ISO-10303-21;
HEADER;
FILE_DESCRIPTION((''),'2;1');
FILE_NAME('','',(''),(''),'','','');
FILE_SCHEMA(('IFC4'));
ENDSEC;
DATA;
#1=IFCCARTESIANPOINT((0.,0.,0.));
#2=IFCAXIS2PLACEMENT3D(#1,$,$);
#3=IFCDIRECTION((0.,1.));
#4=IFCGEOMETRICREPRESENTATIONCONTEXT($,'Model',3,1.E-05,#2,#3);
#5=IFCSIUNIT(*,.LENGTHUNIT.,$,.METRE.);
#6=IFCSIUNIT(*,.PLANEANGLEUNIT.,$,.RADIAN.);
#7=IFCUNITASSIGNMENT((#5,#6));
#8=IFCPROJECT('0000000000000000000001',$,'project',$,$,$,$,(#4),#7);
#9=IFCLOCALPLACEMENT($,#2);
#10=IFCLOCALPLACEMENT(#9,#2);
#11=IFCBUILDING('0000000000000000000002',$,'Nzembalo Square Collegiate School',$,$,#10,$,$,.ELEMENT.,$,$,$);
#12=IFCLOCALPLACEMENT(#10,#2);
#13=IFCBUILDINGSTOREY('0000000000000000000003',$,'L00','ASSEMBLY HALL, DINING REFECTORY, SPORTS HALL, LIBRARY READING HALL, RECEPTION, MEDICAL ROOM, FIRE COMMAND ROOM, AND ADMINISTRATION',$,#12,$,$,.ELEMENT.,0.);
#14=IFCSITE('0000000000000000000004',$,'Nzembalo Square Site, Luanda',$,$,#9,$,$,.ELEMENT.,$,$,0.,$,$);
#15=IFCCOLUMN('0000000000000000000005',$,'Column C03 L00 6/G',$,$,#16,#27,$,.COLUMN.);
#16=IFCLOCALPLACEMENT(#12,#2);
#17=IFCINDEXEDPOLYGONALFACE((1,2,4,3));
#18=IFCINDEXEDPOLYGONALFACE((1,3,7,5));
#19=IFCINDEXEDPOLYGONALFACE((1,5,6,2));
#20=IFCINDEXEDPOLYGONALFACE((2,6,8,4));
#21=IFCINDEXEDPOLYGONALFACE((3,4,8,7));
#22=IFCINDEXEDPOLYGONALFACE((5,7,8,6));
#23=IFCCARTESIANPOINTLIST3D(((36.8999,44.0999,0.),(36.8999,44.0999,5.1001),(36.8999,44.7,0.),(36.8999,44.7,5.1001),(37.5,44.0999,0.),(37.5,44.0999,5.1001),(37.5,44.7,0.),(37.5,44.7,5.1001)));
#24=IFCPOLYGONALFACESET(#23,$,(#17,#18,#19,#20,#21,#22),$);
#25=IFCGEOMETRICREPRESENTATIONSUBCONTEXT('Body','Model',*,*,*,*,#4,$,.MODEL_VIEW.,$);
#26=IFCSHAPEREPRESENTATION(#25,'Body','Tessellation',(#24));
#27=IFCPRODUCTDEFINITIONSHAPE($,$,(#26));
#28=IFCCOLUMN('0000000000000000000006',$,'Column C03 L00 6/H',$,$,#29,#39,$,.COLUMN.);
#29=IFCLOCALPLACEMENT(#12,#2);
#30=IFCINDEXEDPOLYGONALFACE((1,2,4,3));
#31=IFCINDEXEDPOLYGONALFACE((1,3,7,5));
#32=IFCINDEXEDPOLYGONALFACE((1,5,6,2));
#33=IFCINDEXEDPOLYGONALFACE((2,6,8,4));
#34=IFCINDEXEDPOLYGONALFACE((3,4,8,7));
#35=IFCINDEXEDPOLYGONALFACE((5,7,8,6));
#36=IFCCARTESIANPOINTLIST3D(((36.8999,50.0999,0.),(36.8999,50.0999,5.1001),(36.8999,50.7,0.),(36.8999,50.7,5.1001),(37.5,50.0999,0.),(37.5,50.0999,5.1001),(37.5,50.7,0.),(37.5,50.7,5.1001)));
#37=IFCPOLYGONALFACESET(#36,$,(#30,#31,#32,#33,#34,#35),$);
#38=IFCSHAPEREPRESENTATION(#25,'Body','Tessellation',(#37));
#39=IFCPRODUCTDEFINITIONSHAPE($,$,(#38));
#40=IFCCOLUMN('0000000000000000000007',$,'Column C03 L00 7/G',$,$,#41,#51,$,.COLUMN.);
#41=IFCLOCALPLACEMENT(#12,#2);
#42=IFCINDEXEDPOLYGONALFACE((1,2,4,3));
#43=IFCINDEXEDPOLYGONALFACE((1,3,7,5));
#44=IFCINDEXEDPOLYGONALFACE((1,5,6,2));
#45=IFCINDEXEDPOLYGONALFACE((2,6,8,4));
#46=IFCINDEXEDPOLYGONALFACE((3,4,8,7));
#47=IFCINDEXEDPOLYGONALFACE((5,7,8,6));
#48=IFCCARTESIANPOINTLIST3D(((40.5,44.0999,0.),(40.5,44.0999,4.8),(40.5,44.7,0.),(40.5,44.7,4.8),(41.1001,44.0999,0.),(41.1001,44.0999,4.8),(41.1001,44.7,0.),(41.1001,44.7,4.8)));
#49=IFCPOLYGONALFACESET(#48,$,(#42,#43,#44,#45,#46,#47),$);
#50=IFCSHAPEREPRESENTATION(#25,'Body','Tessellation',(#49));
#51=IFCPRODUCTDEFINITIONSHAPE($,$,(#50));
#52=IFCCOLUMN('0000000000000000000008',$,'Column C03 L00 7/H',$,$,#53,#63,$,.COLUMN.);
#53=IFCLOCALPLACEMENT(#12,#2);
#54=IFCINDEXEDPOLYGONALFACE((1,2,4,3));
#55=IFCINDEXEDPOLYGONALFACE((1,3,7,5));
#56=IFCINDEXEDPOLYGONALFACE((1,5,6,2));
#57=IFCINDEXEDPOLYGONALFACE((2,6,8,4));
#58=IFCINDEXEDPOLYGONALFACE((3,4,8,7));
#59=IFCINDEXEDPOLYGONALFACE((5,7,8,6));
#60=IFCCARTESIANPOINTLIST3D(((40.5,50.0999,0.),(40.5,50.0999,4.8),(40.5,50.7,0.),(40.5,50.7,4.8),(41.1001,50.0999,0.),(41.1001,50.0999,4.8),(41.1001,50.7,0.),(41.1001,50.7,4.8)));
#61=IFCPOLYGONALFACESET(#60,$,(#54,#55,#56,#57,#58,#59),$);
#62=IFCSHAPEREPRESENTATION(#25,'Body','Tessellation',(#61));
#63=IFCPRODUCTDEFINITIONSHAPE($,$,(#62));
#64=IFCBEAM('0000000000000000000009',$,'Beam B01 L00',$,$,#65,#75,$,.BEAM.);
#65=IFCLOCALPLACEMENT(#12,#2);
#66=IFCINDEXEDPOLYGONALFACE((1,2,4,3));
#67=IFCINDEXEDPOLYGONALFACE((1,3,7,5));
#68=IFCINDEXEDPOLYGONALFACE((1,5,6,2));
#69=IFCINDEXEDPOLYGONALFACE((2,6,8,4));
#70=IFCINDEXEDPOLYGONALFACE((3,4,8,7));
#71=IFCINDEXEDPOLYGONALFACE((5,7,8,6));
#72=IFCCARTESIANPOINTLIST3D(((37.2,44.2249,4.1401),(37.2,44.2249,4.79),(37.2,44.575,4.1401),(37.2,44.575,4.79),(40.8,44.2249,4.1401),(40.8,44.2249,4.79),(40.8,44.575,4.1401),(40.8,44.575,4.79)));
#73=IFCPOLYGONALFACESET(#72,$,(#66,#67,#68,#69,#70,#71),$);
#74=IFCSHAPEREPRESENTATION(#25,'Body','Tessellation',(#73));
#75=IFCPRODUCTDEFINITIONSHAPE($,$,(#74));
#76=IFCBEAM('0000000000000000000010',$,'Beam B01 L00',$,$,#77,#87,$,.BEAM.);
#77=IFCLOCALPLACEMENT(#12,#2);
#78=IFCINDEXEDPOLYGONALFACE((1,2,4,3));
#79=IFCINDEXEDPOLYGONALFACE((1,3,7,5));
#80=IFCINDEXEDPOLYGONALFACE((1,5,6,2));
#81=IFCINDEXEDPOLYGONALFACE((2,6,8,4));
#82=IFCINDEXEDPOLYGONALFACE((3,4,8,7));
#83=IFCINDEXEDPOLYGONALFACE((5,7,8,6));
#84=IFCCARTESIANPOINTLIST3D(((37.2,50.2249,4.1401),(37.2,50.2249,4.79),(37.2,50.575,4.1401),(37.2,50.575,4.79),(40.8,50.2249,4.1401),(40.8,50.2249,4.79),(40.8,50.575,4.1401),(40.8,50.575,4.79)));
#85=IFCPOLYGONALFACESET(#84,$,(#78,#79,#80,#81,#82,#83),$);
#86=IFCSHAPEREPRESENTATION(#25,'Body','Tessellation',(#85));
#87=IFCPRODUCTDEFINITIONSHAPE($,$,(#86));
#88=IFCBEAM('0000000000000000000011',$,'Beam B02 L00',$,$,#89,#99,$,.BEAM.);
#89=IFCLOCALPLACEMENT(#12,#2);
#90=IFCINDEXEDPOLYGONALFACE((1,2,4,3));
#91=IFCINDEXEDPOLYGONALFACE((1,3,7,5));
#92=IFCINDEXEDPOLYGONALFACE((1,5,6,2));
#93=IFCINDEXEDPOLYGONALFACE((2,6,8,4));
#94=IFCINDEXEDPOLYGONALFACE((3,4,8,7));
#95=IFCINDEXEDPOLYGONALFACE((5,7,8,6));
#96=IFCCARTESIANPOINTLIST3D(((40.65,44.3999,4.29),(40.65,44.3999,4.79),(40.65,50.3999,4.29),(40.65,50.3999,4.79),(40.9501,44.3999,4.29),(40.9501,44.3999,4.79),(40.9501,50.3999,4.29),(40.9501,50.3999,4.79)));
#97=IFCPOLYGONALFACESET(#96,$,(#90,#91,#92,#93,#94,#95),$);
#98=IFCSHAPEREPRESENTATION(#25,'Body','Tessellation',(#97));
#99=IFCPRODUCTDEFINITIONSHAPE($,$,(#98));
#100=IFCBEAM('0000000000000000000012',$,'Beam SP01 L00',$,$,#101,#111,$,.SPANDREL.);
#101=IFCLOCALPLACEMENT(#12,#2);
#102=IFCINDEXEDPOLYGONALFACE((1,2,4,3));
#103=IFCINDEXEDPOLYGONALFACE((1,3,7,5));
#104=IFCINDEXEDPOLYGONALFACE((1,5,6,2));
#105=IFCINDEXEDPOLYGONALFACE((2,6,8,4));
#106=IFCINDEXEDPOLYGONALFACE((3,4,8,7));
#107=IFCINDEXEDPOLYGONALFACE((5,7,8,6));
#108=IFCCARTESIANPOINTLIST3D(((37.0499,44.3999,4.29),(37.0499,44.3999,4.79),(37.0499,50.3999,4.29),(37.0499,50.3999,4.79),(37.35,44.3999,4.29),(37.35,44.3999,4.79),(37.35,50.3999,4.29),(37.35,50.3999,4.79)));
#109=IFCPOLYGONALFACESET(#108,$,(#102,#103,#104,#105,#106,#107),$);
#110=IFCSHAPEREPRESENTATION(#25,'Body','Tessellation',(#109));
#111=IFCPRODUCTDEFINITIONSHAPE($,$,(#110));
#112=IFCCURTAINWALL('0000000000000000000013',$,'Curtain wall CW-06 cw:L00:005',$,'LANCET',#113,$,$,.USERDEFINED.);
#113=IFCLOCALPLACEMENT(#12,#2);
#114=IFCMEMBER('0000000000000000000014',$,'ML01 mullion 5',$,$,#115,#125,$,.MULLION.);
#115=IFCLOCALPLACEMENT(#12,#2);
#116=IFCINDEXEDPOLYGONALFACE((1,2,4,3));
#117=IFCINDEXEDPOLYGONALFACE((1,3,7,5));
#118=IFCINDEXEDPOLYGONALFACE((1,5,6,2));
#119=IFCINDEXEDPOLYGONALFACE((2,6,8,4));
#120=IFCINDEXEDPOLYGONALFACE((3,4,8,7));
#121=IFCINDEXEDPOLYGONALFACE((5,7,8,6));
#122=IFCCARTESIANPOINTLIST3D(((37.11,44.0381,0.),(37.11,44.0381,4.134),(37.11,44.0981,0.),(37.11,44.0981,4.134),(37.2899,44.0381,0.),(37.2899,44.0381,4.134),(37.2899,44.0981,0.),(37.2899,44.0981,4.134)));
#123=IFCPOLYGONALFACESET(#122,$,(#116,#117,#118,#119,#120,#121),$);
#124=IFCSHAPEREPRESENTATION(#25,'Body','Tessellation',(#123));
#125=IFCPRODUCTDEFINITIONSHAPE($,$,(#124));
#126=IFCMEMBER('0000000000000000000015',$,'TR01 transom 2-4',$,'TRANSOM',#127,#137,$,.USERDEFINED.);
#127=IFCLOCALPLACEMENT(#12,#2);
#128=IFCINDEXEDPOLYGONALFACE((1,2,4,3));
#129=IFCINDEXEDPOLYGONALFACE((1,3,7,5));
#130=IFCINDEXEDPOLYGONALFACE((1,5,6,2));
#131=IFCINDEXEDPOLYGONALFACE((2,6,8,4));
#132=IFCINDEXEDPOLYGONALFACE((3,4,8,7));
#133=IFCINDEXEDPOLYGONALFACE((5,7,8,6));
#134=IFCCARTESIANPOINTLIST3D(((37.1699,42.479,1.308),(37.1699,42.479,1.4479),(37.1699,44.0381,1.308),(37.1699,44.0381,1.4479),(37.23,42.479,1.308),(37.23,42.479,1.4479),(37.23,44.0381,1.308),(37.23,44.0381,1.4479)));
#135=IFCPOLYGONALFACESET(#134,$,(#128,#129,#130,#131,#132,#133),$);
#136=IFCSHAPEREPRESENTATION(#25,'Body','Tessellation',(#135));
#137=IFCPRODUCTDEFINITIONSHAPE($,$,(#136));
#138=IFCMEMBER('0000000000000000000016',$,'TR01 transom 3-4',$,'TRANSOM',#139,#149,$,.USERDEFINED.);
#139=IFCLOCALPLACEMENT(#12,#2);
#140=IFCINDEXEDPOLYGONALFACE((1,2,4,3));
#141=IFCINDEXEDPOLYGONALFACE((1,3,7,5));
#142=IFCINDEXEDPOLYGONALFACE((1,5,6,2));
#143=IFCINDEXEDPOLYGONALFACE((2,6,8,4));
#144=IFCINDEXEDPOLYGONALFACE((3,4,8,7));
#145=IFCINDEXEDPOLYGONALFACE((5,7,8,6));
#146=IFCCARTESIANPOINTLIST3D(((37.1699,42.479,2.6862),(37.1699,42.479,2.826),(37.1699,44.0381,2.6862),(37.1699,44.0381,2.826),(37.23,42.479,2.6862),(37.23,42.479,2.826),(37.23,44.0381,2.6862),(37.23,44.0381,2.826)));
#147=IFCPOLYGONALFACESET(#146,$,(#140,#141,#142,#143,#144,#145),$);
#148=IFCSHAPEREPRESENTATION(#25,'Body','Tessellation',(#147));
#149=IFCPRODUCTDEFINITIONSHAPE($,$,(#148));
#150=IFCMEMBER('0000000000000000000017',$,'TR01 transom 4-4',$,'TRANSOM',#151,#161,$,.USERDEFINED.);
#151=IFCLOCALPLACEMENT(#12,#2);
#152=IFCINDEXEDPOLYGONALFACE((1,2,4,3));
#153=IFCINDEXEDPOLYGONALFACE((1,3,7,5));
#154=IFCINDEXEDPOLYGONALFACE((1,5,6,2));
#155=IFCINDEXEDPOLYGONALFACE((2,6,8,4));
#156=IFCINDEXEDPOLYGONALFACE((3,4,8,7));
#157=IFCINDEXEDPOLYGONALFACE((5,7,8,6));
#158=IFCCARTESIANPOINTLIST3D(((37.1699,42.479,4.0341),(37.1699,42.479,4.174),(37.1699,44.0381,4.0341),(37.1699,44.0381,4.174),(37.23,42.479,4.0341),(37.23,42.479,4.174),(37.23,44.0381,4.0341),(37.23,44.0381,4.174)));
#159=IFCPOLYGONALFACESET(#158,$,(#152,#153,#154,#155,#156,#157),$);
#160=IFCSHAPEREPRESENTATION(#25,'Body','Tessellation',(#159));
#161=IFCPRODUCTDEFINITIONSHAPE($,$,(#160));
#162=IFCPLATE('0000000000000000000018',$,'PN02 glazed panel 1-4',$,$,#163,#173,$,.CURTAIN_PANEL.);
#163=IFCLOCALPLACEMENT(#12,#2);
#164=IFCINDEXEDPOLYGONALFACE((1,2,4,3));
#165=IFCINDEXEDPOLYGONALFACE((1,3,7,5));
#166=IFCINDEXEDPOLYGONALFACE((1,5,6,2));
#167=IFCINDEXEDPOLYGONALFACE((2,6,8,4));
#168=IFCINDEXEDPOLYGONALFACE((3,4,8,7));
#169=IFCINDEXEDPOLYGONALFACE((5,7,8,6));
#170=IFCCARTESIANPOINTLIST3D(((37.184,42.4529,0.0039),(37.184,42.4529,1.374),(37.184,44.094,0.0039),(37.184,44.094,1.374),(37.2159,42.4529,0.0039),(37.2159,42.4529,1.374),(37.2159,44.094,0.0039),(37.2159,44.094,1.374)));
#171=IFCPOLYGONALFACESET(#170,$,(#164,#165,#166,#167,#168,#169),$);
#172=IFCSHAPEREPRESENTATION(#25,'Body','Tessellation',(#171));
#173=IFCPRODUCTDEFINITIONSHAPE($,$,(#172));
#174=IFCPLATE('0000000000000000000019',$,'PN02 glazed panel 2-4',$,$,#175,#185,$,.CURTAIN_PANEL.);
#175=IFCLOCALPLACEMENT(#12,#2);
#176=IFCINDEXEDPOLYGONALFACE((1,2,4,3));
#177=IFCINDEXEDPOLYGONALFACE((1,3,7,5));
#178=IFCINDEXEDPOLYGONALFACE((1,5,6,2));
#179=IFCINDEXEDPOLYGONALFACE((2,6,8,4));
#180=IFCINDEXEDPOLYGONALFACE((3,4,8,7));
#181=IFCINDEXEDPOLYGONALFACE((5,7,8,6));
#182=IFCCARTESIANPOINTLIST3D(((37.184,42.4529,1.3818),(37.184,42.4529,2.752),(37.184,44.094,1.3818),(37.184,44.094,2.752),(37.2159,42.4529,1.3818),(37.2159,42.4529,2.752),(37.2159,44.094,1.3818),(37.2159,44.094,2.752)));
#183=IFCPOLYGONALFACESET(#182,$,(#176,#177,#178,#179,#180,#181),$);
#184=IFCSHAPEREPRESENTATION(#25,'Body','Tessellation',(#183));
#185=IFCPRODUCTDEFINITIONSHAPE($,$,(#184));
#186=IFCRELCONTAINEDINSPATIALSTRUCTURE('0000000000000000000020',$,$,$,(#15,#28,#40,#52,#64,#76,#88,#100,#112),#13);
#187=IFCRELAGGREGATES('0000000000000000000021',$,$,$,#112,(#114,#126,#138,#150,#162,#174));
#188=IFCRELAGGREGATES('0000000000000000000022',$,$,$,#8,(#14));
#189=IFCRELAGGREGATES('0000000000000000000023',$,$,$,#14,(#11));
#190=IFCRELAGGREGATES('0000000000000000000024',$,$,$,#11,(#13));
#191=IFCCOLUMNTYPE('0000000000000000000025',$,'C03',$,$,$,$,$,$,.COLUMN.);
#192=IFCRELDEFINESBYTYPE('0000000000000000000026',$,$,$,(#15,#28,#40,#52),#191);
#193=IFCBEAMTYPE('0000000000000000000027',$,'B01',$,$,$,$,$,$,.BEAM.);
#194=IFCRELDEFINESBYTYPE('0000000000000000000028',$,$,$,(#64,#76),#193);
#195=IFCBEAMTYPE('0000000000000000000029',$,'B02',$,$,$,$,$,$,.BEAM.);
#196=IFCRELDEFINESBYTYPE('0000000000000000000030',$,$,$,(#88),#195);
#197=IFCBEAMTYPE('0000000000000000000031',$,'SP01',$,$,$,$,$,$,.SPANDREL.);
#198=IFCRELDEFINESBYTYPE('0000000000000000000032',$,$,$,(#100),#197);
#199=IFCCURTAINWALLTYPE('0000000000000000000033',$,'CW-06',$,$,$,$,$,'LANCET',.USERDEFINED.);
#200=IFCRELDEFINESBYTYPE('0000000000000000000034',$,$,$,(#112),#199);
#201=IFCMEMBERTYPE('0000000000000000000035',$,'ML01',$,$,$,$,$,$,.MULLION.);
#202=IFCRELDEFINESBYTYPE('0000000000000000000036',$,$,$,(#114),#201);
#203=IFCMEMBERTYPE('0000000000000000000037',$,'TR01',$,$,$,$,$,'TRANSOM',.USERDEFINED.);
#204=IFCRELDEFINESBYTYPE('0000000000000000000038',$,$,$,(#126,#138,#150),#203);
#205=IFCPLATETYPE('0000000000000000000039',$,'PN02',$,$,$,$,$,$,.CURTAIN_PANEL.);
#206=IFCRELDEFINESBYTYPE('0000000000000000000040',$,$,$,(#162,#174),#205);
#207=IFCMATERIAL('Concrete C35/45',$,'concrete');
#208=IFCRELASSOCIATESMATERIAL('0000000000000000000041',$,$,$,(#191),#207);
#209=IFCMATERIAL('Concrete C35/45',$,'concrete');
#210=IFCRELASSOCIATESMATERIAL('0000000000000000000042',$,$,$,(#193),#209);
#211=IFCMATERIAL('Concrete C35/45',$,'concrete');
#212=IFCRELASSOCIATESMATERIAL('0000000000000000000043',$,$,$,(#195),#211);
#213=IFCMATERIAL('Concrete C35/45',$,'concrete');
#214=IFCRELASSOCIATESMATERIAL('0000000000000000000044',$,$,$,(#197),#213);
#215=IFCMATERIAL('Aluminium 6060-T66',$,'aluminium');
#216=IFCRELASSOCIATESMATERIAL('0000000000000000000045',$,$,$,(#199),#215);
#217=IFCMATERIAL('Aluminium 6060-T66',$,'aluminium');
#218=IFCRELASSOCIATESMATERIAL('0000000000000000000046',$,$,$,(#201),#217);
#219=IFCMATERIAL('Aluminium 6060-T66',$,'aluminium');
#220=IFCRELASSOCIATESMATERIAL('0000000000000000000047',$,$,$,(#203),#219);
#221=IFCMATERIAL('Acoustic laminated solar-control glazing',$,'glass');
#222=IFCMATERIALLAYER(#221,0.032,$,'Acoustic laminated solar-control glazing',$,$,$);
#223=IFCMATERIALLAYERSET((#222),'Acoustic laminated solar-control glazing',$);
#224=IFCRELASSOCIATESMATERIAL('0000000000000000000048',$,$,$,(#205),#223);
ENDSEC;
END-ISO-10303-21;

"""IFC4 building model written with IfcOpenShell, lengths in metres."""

from ifc_helpers import new_model, si_unit, direction, frame, origin, origin_2d, place, context, subcontext, project, spatial, rectangle, extrude, material, layer, layer_set, material_profile, profile_set, type_object, element, aggregate, save


model = new_model("IFC4")

# Units and contexts
model_context = context("Model", 3, precision=1e-05, world=origin(), true_north=direction((0.0, 1.0)))
body_context = subcontext(model_context, "Body", "Model", "MODEL_VIEW")
ifc_project = project(units=[si_unit("LENGTHUNIT", "METRE"), si_unit("PLANEANGLEUNIT", "RADIAN")], contexts=[model_context])

# Site, building, storey
site_placement = place(None, origin())
site = spatial("IfcSite", under=ifc_project, at=site_placement, Name="Nzembalo Square Site, Luanda", CompositionType="ELEMENT", RefElevation=0.0)
building_placement = place(site_placement, origin())
building = spatial("IfcBuilding", under=site, at=building_placement, Name="Nzembalo Square Collegiate School", CompositionType="ELEMENT")
storey_placement = place(building_placement, origin())
storey = spatial("IfcBuildingStorey", under=building, at=storey_placement, Name="L00", Description="ASSEMBLY HALL, DINING REFECTORY, SPORTS HALL, LIBRARY READING HALL, RECEPTION, MEDICAL ROOM, FIRE COMMAND ROOM, AND ADMINISTRATION", CompositionType="ELEMENT", Elevation=0.0)

# Columns
ifc_material_1 = material(Name="Concrete C35/45", Category="concrete")
ifc_material_profile_1 = material_profile(ifc_material_1, rectangle(XDim=0.6001, YDim=0.6001, at=origin_2d()), Name="RC 600x600")
ifc_profile_set_1 = profile_set([ifc_material_profile_1], Name="Concrete C35/45")
column_type = type_object("IfcColumnType", Name="C03", PredefinedType="COLUMN", material=ifc_profile_set_1)
for number, where, z_axis, x_axis, name in (
    (1, (37.2, 44.3999, 0.0), (0.0, 0.0, 1.0), (1.0, 0.0, 0.0), "Column C03 L00 6/G"),
    (2, (37.2, 50.3999, 0.0), (0.0, 0.0, 1.0), (1.0, 0.0, 0.0), "Column C03 L00 6/H"),
):
    element("IfcColumn", number, at=place(storey_placement, frame(where, z_axis=z_axis, x_axis=x_axis)), inside=storey, type_object=column_type, Name=name, PredefinedType="COLUMN", context=body_context, shape_type="SweptSolid", body=[
        extrude(rectangle(XDim=0.6001, YDim=0.6001, at=origin_2d()), origin(), (0.0, 0.0, 1.0), 5.1001),
    ])
for number, where, z_axis, x_axis, name in (
    (3, (40.8, 44.3999, 0.0), (0.0, 0.0, 1.0), (1.0, 0.0, 0.0), "Column C03 L00 7/G"),
    (4, (40.8, 50.3999, 0.0), (0.0, 0.0, 1.0), (1.0, 0.0, 0.0), "Column C03 L00 7/H"),
):
    element("IfcColumn", number, at=place(storey_placement, frame(where, z_axis=z_axis, x_axis=x_axis)), inside=storey, type_object=column_type, Name=name, PredefinedType="COLUMN", context=body_context, shape_type="SweptSolid", body=[
        extrude(rectangle(XDim=0.6001, YDim=0.6001, at=origin_2d()), origin(), (0.0, 0.0, 1.0), 4.8),
    ])

# Beams
ifc_material_2 = material(Name="Concrete C35/45", Category="concrete")
ifc_material_profile_2 = material_profile(ifc_material_2, rectangle(XDim=0.3501, YDim=0.6499, at=origin_2d()), Name="RC 350x650")
ifc_profile_set_2 = profile_set([ifc_material_profile_2], Name="Concrete C35/45")
beam_type_1 = type_object("IfcBeamType", Name="B01", PredefinedType="BEAM", material=ifc_profile_set_2)
for number, where, z_axis, x_axis, name in (
    (5, (37.2, 44.3999, 4.4651), (1.0, 0.0, 0.0), (0.0, 1.0, 0.0), "Beam B01 L00"),
    (6, (37.2, 50.3999, 4.4651), (1.0, 0.0, 0.0), (0.0, 1.0, 0.0), "Beam B01 L00"),
):
    element("IfcBeam", number, at=place(storey_placement, frame(where, z_axis=z_axis, x_axis=x_axis)), inside=storey, type_object=beam_type_1, Name=name, PredefinedType="BEAM", context=body_context, shape_type="SweptSolid", body=[
        extrude(rectangle(XDim=0.3501, YDim=0.6499, at=origin_2d()), origin(), (0.0, 0.0, 1.0), 3.6001),
    ])
ifc_material_3 = material(Name="Concrete C35/45", Category="concrete")
ifc_material_profile_3 = material_profile(ifc_material_3, rectangle(XDim=0.3, YDim=0.5, at=origin_2d()), Name="RC 300x500")
ifc_profile_set_3 = profile_set([ifc_material_profile_3], Name="Concrete C35/45")
beam_type_2 = type_object("IfcBeamType", Name="B02", PredefinedType="BEAM", material=ifc_profile_set_3)
beam_1_placement = place(storey_placement, frame((40.8, 44.3999, 4.54), z_axis=(0.0, 1.0, 0.0), x_axis=(-1.0, 0.0, 0.0)))
element("IfcBeam", 7, at=beam_1_placement, inside=storey, type_object=beam_type_2, Name="Beam B02 L00", PredefinedType="BEAM", context=body_context, shape_type="SweptSolid", body=[
    extrude(rectangle(XDim=0.3, YDim=0.5, at=origin_2d()), origin(), (0.0, 0.0, 1.0), 6.0),
])
ifc_material_4 = material(Name="Concrete C35/45", Category="concrete")
ifc_material_profile_4 = material_profile(ifc_material_4, rectangle(XDim=0.3, YDim=0.5, at=origin_2d()), Name="RC 300x500")
ifc_profile_set_4 = profile_set([ifc_material_profile_4], Name="Concrete C35/45")
beam_type_3 = type_object("IfcBeamType", Name="SP01", PredefinedType="SPANDREL", material=ifc_profile_set_4)
beam_2_placement = place(storey_placement, frame((37.2, 44.3999, 4.54), z_axis=(0.0, 1.0, 0.0), x_axis=(-1.0, 0.0, 0.0)))
element("IfcBeam", 8, at=beam_2_placement, inside=storey, type_object=beam_type_3, Name="Beam SP01 L00", PredefinedType="SPANDREL", context=body_context, shape_type="SweptSolid", body=[
    extrude(rectangle(XDim=0.3, YDim=0.5, at=origin_2d()), origin(), (0.0, 0.0, 1.0), 6.0),
])

# Curtain wall, members, plates
ifc_material_5 = material(Name="Aluminium 6060-T66", Category="aluminium")
curtain_wall_type = type_object("IfcCurtainWallType", Name="CW-06", ElementType="LANCET", PredefinedType="USERDEFINED", material=ifc_material_5)
curtain_wall_placement = place(storey_placement, origin())
curtain_wall = element("IfcCurtainWall", 9, at=curtain_wall_placement, inside=storey, type_object=curtain_wall_type, Name="Curtain wall CW-06 cw:L00:005", ObjectType="LANCET", PredefinedType="USERDEFINED")
ifc_material_6 = material(Name="Aluminium 6060-T66", Category="aluminium")
ifc_material_profile_5 = material_profile(ifc_material_6, rectangle(XDim=0.0601, YDim=0.1799, at=origin_2d()), Name="ALU M60x180")
ifc_profile_set_5 = profile_set([ifc_material_profile_5], Name="Aluminium 6060-T66")
member_type_1 = type_object("IfcMemberType", Name="ML01", PredefinedType="MULLION", material=ifc_profile_set_5)
member_1_placement = place(storey_placement, frame((37.2, 44.0681, 0.0), z_axis=(0.0, 0.0, 1.0), x_axis=(0.0, 1.0, 0.0)))
member_1 = element("IfcMember", 10, at=member_1_placement, type_object=member_type_1, Name="ML01 mullion 5", PredefinedType="MULLION", context=body_context, shape_type="SweptSolid", body=[
    extrude(rectangle(XDim=0.0601, YDim=0.1799, at=origin_2d()), origin(), (0.0, 0.0, 1.0), 4.134),
])
ifc_material_7 = material(Name="Aluminium 6060-T66", Category="aluminium")
ifc_material_profile_6 = material_profile(ifc_material_7, rectangle(XDim=0.0601, YDim=0.1399, at=origin_2d()), Name="ALU T60x140")
ifc_profile_set_6 = profile_set([ifc_material_profile_6], Name="Aluminium 6060-T66")
member_type_2 = type_object("IfcMemberType", Name="TR01", ElementType="TRANSOM", PredefinedType="USERDEFINED", material=ifc_profile_set_6)
member_2_placement = place(storey_placement, frame((37.2, 42.479, 1.3779), z_axis=(0.0, 1.0, 0.0), x_axis=(-1.0, 0.0, 0.0)))
member_2 = element("IfcMember", 11, at=member_2_placement, type_object=member_type_2, Name="TR01 transom 2-4", ObjectType="TRANSOM", PredefinedType="USERDEFINED", context=body_context, shape_type="SweptSolid", body=[
    extrude(rectangle(XDim=0.0601, YDim=0.1399, at=origin_2d()), origin(), (0.0, 0.0, 1.0), 1.5591),
])
member_3_placement = place(storey_placement, frame((37.2, 42.479, 2.7561), z_axis=(0.0, 1.0, 0.0), x_axis=(-1.0, 0.0, 0.0)))
member_3 = element("IfcMember", 12, at=member_3_placement, type_object=member_type_2, Name="TR01 transom 3-4", ObjectType="TRANSOM", PredefinedType="USERDEFINED", context=body_context, shape_type="SweptSolid", body=[
    extrude(rectangle(XDim=0.0601, YDim=0.1399, at=origin_2d()), origin(), (0.0, 0.0, 1.0), 1.5591),
])
member_4_placement = place(storey_placement, frame((37.2, 42.479, 4.104), z_axis=(0.0, 1.0, 0.0), x_axis=(-1.0, 0.0, 0.0)))
member_4 = element("IfcMember", 13, at=member_4_placement, type_object=member_type_2, Name="TR01 transom 4-4", ObjectType="TRANSOM", PredefinedType="USERDEFINED", context=body_context, shape_type="SweptSolid", body=[
    extrude(rectangle(XDim=0.0601, YDim=0.1399, at=origin_2d()), origin(), (0.0, 0.0, 1.0), 1.5591),
])
ifc_material_8 = material(Name="Acoustic laminated solar-control glazing", Category="glass")
ifc_layer_1 = layer(ifc_material_8, 0.032, Name="Acoustic laminated solar-control glazing")
ifc_layer_set_1 = layer_set([ifc_layer_1], Name="Acoustic laminated solar-control glazing")
plate_type = type_object("IfcPlateType", Name="PN02", PredefinedType="CURTAIN_PANEL", material=ifc_layer_set_1)
plate_1_placement = place(storey_placement, frame((37.2, 43.2734, 0.0039), z_axis=(0.0, 0.0, 1.0), x_axis=(0.0, 1.0, 0.0)))
plate_1 = element("IfcPlate", 14, at=plate_1_placement, type_object=plate_type, Name="PN02 glazed panel 1-4", PredefinedType="CURTAIN_PANEL", context=body_context, shape_type="SweptSolid", body=[
    extrude(rectangle(XDim=1.6411, YDim=0.032, at=origin_2d()), origin(), (0.0, 0.0, 1.0), 1.3701),
])
plate_2_placement = place(storey_placement, frame((37.2, 43.2734, 1.3818), z_axis=(0.0, 0.0, 1.0), x_axis=(0.0, 1.0, 0.0)))
plate_2 = element("IfcPlate", 15, at=plate_2_placement, type_object=plate_type, Name="PN02 glazed panel 2-4", PredefinedType="CURTAIN_PANEL", context=body_context, shape_type="SweptSolid", body=[
    extrude(rectangle(XDim=1.6411, YDim=0.032, at=origin_2d()), origin(), (0.0, 0.0, 1.0), 1.3701),
])
aggregate(curtain_wall, [member_1, member_2, member_3, member_4, plate_1, plate_2])

save(model, "model.ifc")
